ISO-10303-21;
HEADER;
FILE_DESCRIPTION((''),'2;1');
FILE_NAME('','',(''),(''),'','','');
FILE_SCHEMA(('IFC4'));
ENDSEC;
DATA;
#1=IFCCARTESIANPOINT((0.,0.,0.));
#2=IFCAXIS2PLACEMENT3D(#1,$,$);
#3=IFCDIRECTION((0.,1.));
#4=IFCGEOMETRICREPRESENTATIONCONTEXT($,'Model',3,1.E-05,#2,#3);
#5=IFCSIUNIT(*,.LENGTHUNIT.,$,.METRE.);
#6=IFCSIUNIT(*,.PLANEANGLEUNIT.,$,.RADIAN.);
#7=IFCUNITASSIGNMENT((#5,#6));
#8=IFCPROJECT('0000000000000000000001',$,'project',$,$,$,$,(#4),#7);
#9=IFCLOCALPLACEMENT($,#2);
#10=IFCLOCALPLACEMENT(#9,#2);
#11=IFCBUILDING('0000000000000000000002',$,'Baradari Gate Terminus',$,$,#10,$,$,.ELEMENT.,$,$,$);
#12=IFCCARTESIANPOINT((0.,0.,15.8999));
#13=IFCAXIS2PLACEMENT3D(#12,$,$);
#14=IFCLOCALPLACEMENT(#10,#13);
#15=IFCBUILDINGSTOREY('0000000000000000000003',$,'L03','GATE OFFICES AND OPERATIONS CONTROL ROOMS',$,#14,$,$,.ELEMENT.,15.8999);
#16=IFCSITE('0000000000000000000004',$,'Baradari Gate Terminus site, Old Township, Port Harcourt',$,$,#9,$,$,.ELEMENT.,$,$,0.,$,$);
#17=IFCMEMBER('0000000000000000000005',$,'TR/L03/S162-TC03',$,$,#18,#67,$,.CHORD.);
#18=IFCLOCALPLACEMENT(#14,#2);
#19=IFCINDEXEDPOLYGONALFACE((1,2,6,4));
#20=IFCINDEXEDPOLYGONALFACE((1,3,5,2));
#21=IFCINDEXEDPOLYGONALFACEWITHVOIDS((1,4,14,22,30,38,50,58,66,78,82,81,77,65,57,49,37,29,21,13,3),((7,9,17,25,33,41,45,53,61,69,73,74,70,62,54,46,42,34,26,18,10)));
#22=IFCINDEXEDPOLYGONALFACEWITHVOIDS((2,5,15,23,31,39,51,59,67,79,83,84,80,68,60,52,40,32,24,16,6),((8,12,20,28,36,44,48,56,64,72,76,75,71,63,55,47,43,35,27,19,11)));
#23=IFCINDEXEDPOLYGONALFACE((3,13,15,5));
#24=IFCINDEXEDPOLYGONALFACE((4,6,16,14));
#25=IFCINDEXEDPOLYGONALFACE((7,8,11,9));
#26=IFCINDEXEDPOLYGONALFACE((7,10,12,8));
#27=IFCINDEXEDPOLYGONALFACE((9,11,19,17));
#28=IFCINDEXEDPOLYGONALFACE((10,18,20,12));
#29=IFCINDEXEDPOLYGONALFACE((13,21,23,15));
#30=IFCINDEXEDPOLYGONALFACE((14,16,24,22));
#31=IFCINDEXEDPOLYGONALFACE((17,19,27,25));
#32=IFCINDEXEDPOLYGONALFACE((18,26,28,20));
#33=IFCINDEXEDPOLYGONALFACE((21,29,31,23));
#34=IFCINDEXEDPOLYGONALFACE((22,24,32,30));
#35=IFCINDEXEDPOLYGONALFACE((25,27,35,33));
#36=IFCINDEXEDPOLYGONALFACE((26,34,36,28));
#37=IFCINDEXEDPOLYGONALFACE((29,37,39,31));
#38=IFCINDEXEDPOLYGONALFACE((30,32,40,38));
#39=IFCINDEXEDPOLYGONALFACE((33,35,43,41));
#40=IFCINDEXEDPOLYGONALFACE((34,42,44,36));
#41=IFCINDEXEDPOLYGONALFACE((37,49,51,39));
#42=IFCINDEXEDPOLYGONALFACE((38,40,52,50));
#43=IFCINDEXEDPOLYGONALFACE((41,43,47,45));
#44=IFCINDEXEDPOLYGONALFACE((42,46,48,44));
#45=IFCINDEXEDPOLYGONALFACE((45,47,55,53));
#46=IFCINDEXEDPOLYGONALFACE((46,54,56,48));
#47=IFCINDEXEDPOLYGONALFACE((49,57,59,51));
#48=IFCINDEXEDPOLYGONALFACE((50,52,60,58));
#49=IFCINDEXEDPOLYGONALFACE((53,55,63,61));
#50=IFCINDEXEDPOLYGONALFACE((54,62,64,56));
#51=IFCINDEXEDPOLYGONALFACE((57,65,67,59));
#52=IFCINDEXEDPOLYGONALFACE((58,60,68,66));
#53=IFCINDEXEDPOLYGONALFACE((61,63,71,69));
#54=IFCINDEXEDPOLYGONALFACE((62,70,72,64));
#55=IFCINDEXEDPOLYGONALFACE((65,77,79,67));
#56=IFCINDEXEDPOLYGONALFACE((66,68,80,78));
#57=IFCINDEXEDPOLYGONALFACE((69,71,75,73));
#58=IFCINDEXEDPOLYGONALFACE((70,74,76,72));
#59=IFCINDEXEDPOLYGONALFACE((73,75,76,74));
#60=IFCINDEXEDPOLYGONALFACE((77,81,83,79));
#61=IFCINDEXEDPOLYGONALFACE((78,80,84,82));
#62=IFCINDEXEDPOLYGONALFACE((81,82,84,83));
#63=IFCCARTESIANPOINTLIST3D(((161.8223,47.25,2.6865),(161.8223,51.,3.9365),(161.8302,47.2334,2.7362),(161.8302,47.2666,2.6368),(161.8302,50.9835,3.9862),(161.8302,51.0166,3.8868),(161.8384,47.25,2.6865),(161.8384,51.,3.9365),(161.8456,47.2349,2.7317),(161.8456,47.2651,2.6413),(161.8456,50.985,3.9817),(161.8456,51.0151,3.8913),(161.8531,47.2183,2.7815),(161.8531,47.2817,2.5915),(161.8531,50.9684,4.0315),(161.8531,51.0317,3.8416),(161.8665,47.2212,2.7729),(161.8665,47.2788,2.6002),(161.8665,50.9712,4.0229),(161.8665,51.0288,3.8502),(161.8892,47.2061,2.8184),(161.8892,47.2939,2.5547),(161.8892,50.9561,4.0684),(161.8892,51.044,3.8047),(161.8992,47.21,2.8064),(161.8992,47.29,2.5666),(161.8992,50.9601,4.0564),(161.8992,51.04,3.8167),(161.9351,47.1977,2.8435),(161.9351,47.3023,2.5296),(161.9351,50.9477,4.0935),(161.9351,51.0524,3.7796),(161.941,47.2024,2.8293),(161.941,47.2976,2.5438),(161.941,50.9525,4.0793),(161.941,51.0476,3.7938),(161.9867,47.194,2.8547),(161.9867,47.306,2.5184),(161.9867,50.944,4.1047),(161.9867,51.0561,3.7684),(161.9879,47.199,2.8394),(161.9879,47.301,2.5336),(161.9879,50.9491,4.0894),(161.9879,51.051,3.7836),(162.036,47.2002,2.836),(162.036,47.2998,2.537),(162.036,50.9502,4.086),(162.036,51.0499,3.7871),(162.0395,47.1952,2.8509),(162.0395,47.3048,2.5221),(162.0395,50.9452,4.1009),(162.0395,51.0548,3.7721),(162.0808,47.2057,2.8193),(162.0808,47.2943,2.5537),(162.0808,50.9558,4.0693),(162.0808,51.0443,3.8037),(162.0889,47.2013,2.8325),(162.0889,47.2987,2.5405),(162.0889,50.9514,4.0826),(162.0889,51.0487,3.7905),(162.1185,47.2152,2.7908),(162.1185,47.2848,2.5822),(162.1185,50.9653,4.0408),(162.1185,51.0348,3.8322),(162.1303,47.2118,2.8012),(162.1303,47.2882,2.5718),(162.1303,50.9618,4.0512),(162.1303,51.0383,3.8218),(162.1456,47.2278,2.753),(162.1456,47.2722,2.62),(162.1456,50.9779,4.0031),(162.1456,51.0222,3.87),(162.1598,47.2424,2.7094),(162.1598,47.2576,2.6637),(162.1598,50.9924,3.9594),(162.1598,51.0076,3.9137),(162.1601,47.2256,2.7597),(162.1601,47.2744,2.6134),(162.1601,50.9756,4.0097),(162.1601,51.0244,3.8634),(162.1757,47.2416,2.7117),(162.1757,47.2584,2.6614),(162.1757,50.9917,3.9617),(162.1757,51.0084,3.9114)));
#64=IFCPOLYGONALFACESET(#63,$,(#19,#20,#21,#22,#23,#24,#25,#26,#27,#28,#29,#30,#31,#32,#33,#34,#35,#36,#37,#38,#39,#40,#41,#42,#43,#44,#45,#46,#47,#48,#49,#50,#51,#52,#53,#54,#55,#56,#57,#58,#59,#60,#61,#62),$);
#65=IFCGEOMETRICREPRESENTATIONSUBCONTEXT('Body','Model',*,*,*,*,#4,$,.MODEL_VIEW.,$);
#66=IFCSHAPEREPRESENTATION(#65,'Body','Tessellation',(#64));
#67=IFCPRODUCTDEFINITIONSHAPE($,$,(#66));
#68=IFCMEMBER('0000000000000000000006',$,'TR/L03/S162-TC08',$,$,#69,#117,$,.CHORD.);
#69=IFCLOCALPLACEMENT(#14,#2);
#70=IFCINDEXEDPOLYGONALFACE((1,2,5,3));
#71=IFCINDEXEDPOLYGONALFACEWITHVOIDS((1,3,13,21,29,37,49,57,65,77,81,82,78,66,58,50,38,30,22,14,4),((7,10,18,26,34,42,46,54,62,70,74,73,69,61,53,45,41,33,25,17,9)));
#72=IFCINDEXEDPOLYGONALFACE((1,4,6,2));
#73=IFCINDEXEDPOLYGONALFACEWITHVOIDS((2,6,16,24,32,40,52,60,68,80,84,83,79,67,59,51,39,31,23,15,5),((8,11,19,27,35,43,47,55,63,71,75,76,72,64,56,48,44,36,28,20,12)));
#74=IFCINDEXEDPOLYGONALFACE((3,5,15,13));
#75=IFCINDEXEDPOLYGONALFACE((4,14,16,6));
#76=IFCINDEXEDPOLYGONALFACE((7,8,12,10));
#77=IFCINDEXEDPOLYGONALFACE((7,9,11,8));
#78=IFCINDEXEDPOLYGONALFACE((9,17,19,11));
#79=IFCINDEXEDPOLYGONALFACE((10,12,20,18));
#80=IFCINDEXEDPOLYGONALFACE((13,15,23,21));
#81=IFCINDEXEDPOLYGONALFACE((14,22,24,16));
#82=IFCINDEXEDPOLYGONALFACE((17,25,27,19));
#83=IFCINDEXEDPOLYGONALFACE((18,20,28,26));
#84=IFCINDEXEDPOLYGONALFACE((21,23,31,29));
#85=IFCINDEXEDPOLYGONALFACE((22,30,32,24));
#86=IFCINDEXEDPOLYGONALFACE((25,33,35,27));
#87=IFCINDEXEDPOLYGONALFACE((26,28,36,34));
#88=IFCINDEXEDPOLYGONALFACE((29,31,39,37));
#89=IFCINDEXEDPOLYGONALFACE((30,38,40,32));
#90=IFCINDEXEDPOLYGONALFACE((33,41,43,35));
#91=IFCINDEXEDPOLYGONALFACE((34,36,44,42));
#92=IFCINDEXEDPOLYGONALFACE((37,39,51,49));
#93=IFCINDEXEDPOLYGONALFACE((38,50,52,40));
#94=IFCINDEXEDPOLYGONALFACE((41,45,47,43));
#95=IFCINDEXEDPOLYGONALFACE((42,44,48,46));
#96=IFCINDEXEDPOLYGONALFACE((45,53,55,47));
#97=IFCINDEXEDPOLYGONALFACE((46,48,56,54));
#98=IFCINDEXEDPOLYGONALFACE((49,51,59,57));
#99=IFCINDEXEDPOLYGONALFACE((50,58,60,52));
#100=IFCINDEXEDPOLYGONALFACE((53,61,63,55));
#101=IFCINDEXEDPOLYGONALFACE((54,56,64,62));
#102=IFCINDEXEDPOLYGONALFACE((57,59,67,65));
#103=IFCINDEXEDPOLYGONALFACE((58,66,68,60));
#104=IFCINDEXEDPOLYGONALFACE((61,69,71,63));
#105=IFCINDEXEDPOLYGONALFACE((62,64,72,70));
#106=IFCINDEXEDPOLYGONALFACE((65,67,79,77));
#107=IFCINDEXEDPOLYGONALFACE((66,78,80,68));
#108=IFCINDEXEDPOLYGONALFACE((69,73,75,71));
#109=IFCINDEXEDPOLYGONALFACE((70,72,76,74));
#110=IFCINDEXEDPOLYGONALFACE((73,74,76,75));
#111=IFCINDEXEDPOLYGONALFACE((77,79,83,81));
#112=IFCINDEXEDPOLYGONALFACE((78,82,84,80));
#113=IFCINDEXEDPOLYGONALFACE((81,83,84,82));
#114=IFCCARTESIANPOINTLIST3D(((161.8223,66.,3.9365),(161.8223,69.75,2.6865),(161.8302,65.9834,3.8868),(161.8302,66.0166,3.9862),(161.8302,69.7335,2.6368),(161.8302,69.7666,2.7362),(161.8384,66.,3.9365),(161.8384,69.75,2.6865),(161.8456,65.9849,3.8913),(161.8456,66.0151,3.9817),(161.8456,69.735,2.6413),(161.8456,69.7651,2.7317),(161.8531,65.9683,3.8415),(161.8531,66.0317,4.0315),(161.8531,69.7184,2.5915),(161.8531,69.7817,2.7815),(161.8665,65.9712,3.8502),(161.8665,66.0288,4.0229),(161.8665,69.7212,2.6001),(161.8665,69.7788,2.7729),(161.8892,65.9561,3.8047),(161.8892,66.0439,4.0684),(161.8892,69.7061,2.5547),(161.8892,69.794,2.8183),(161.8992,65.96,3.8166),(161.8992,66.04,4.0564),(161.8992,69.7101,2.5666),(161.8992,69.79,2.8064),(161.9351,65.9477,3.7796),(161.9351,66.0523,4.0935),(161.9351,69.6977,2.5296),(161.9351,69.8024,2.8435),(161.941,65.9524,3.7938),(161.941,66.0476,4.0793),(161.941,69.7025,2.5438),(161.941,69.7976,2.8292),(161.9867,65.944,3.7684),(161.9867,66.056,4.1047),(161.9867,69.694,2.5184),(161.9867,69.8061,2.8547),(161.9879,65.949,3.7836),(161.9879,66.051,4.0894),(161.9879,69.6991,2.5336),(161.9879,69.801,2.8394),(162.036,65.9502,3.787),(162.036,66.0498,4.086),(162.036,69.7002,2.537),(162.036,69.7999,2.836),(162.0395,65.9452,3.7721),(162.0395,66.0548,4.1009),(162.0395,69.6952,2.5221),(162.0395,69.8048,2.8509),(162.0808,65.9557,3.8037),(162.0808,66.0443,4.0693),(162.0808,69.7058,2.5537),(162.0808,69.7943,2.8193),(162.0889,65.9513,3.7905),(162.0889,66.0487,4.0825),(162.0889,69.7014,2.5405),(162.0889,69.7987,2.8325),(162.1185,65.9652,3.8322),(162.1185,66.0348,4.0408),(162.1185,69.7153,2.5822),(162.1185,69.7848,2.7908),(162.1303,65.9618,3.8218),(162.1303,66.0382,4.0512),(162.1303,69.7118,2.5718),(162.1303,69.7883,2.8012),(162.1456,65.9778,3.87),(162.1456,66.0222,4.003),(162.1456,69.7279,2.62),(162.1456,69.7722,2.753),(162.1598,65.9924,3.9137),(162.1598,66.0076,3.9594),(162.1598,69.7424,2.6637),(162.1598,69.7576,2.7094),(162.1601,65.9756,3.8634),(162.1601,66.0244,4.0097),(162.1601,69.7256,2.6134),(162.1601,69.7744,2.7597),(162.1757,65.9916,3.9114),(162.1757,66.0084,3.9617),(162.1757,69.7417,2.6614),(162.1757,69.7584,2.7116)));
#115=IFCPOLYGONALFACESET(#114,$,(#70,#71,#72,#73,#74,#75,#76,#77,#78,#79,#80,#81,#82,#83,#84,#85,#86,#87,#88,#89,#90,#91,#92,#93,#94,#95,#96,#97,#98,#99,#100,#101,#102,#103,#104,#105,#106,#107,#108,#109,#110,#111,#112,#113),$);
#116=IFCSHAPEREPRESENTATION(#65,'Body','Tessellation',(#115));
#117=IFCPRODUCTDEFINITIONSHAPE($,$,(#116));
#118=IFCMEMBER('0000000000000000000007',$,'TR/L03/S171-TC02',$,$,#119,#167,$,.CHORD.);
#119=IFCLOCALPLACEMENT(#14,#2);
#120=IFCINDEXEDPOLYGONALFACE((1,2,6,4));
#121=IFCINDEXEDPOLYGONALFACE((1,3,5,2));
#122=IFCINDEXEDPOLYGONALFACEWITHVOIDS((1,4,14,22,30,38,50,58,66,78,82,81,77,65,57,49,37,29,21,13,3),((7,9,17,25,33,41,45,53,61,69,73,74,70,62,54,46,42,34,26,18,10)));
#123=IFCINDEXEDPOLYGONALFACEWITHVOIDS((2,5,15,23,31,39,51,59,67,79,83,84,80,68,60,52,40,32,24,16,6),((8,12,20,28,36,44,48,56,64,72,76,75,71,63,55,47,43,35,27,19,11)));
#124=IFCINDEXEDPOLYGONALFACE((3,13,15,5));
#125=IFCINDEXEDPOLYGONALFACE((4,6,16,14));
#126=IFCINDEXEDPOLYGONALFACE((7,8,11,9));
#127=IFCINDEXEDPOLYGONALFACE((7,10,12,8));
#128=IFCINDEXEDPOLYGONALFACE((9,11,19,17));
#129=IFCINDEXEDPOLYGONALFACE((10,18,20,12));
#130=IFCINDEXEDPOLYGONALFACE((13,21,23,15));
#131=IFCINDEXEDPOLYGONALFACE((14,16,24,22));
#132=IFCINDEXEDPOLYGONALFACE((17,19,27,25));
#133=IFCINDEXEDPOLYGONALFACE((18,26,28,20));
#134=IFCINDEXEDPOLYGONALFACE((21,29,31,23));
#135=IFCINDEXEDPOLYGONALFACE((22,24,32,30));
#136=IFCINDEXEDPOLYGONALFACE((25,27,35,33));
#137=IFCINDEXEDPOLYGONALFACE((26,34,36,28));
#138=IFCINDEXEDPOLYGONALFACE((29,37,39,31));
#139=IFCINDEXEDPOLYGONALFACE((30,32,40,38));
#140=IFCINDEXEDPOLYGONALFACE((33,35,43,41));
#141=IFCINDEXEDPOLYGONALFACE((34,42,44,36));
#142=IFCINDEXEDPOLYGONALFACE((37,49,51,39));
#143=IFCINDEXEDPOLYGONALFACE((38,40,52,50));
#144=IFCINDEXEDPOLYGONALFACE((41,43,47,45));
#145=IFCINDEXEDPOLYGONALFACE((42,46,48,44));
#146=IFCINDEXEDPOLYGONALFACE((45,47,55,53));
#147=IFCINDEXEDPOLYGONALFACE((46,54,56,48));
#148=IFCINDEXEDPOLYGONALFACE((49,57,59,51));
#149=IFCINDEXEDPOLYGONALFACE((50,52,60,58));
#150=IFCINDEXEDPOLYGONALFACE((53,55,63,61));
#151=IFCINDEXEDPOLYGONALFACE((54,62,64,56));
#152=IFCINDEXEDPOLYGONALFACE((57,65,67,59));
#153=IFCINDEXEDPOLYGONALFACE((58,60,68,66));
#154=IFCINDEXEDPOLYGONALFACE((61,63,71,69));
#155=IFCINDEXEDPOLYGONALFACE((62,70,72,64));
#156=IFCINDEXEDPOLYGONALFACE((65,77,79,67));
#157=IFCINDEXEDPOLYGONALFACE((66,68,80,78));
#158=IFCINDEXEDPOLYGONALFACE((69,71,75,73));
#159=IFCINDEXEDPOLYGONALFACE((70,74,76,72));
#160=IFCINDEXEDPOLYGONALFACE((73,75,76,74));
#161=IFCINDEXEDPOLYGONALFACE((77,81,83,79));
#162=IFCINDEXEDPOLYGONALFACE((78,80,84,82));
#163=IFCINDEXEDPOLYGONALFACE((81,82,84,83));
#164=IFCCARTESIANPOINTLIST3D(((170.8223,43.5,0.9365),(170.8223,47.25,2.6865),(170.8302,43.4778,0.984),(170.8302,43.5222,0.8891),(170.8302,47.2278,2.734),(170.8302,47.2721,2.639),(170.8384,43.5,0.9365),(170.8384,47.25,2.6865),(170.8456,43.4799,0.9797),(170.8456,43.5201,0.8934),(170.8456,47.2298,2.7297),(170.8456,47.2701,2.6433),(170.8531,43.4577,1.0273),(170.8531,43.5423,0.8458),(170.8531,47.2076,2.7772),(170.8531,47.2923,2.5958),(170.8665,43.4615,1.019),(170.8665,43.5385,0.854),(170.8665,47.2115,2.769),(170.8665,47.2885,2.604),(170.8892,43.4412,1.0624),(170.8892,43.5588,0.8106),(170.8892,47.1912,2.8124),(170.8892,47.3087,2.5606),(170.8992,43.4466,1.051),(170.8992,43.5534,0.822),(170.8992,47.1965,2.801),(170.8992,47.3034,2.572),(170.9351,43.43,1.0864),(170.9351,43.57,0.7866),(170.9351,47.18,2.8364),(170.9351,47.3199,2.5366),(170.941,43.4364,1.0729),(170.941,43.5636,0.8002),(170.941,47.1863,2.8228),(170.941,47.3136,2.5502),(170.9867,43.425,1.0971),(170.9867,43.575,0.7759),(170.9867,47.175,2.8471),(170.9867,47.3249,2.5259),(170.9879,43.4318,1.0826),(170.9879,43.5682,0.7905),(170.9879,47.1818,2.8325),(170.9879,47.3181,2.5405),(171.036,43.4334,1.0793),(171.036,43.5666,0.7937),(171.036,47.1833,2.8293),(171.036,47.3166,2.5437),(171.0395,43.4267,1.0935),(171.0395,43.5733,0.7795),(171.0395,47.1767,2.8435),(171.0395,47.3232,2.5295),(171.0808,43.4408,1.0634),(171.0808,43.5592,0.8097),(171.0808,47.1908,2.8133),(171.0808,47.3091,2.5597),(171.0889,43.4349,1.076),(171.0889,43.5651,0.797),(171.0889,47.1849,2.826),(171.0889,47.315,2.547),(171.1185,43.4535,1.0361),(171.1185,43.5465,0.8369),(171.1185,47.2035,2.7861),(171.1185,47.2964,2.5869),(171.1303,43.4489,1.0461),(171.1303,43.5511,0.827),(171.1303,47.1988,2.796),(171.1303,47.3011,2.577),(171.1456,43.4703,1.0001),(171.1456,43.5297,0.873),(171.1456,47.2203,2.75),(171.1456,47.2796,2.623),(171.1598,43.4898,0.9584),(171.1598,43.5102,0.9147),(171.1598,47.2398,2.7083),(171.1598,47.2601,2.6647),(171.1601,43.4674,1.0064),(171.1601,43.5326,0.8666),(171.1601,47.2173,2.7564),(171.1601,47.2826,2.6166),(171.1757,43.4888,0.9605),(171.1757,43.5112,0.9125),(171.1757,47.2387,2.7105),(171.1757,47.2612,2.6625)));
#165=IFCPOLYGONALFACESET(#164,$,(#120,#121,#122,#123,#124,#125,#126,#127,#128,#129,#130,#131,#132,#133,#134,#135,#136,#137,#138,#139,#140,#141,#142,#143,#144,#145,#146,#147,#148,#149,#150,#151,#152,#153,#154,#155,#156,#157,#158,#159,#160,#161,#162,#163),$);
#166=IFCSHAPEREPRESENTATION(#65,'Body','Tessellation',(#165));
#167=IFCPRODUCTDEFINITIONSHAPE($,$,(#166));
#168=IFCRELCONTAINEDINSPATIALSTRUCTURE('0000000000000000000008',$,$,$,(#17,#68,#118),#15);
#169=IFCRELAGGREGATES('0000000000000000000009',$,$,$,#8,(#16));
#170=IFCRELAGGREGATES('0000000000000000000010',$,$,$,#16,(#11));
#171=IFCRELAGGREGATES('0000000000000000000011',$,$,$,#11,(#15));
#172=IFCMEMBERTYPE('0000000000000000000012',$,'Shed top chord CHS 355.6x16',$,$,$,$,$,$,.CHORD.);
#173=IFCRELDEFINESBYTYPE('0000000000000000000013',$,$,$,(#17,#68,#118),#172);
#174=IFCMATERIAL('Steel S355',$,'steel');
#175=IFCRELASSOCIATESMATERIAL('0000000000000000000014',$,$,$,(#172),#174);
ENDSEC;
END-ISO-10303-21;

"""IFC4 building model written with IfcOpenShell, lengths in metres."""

from ifc_helpers import new_model, si_unit, direction, frame, origin, origin_2d, place, context, subcontext, project, spatial, hollow_circle, extrude, material, material_profile, profile_set, type_object, element, save


model = new_model("IFC4")

# Units and contexts
model_context = context("Model", 3, precision=1e-05, world=origin(), true_north=direction((0.0, 1.0)))
body_context = subcontext(model_context, "Body", "Model", "MODEL_VIEW")
ifc_project = project(units=[si_unit("LENGTHUNIT", "METRE"), si_unit("PLANEANGLEUNIT", "RADIAN")], contexts=[model_context])

# Site, building, storey
site_placement = place(None, origin())
site = spatial("IfcSite", under=ifc_project, at=site_placement, Name="Baradari Gate Terminus site, Old Township, Port Harcourt", CompositionType="ELEMENT", RefElevation=0.0)
building_placement = place(site_placement, origin())
building = spatial("IfcBuilding", under=site, at=building_placement, Name="Baradari Gate Terminus", CompositionType="ELEMENT")
storey_placement = place(building_placement, frame((0.0, 0.0, 15.8999)))
storey = spatial("IfcBuildingStorey", under=building, at=storey_placement, Name="L03", Description="GATE OFFICES AND OPERATIONS CONTROL ROOMS", CompositionType="ELEMENT", Elevation=15.8999)

# Members
ifc_material_1 = material(Name="Steel S355", Category="steel")
ifc_material_profile_1 = material_profile(ifc_material_1, hollow_circle(Radius=0.1777, WallThickness=0.0161, at=origin_2d()), Name="CHS 355.6x16")
ifc_profile_set_1 = profile_set([ifc_material_profile_1], Name="Steel S355")
member_type_1 = type_object("IfcMemberType", Name="Shed top chord CHS 355.6x16", PredefinedType="CHORD", material=ifc_profile_set_1)
for number, where, z_axis, x_axis, name in (
    (1, (162.0, 47.25, 2.6865), (0.0, 0.948683, 0.316228), (-1.0, 0.0, 0.0), "TR/L03/S162-TC03"),
    (2, (162.0, 66.0, 3.9365), (0.0, 0.948683, -0.316228), (-1.0, 0.0, 0.0), "TR/L03/S162-TC08"),
):
    element("IfcMember", number, at=place(storey_placement, frame(where, z_axis=z_axis, x_axis=x_axis)), inside=storey, type_object=member_type_1, Name=name, PredefinedType="CHORD", context=body_context, shape_type="SweptSolid", body=[
        extrude(hollow_circle(Radius=0.1777, WallThickness=0.0161, at=origin_2d()), origin(), (0.0, 0.0, 1.0), 3.9529),
    ])
member_1_placement = place(storey_placement, frame((171.0, 43.5, 0.9365), z_axis=(0.0, 0.906183, 0.422885), x_axis=(-1.0, 0.0, 0.0)))
element("IfcMember", 3, at=member_1_placement, inside=storey, type_object=member_type_1, Name="TR/L03/S171-TC02", PredefinedType="CHORD", context=body_context, shape_type="SweptSolid", body=[
    extrude(hollow_circle(Radius=0.1777, WallThickness=0.0161, at=origin_2d()), origin(), (0.0, 0.0, 1.0), 4.1382),
])

save(model, "model.ifc")
